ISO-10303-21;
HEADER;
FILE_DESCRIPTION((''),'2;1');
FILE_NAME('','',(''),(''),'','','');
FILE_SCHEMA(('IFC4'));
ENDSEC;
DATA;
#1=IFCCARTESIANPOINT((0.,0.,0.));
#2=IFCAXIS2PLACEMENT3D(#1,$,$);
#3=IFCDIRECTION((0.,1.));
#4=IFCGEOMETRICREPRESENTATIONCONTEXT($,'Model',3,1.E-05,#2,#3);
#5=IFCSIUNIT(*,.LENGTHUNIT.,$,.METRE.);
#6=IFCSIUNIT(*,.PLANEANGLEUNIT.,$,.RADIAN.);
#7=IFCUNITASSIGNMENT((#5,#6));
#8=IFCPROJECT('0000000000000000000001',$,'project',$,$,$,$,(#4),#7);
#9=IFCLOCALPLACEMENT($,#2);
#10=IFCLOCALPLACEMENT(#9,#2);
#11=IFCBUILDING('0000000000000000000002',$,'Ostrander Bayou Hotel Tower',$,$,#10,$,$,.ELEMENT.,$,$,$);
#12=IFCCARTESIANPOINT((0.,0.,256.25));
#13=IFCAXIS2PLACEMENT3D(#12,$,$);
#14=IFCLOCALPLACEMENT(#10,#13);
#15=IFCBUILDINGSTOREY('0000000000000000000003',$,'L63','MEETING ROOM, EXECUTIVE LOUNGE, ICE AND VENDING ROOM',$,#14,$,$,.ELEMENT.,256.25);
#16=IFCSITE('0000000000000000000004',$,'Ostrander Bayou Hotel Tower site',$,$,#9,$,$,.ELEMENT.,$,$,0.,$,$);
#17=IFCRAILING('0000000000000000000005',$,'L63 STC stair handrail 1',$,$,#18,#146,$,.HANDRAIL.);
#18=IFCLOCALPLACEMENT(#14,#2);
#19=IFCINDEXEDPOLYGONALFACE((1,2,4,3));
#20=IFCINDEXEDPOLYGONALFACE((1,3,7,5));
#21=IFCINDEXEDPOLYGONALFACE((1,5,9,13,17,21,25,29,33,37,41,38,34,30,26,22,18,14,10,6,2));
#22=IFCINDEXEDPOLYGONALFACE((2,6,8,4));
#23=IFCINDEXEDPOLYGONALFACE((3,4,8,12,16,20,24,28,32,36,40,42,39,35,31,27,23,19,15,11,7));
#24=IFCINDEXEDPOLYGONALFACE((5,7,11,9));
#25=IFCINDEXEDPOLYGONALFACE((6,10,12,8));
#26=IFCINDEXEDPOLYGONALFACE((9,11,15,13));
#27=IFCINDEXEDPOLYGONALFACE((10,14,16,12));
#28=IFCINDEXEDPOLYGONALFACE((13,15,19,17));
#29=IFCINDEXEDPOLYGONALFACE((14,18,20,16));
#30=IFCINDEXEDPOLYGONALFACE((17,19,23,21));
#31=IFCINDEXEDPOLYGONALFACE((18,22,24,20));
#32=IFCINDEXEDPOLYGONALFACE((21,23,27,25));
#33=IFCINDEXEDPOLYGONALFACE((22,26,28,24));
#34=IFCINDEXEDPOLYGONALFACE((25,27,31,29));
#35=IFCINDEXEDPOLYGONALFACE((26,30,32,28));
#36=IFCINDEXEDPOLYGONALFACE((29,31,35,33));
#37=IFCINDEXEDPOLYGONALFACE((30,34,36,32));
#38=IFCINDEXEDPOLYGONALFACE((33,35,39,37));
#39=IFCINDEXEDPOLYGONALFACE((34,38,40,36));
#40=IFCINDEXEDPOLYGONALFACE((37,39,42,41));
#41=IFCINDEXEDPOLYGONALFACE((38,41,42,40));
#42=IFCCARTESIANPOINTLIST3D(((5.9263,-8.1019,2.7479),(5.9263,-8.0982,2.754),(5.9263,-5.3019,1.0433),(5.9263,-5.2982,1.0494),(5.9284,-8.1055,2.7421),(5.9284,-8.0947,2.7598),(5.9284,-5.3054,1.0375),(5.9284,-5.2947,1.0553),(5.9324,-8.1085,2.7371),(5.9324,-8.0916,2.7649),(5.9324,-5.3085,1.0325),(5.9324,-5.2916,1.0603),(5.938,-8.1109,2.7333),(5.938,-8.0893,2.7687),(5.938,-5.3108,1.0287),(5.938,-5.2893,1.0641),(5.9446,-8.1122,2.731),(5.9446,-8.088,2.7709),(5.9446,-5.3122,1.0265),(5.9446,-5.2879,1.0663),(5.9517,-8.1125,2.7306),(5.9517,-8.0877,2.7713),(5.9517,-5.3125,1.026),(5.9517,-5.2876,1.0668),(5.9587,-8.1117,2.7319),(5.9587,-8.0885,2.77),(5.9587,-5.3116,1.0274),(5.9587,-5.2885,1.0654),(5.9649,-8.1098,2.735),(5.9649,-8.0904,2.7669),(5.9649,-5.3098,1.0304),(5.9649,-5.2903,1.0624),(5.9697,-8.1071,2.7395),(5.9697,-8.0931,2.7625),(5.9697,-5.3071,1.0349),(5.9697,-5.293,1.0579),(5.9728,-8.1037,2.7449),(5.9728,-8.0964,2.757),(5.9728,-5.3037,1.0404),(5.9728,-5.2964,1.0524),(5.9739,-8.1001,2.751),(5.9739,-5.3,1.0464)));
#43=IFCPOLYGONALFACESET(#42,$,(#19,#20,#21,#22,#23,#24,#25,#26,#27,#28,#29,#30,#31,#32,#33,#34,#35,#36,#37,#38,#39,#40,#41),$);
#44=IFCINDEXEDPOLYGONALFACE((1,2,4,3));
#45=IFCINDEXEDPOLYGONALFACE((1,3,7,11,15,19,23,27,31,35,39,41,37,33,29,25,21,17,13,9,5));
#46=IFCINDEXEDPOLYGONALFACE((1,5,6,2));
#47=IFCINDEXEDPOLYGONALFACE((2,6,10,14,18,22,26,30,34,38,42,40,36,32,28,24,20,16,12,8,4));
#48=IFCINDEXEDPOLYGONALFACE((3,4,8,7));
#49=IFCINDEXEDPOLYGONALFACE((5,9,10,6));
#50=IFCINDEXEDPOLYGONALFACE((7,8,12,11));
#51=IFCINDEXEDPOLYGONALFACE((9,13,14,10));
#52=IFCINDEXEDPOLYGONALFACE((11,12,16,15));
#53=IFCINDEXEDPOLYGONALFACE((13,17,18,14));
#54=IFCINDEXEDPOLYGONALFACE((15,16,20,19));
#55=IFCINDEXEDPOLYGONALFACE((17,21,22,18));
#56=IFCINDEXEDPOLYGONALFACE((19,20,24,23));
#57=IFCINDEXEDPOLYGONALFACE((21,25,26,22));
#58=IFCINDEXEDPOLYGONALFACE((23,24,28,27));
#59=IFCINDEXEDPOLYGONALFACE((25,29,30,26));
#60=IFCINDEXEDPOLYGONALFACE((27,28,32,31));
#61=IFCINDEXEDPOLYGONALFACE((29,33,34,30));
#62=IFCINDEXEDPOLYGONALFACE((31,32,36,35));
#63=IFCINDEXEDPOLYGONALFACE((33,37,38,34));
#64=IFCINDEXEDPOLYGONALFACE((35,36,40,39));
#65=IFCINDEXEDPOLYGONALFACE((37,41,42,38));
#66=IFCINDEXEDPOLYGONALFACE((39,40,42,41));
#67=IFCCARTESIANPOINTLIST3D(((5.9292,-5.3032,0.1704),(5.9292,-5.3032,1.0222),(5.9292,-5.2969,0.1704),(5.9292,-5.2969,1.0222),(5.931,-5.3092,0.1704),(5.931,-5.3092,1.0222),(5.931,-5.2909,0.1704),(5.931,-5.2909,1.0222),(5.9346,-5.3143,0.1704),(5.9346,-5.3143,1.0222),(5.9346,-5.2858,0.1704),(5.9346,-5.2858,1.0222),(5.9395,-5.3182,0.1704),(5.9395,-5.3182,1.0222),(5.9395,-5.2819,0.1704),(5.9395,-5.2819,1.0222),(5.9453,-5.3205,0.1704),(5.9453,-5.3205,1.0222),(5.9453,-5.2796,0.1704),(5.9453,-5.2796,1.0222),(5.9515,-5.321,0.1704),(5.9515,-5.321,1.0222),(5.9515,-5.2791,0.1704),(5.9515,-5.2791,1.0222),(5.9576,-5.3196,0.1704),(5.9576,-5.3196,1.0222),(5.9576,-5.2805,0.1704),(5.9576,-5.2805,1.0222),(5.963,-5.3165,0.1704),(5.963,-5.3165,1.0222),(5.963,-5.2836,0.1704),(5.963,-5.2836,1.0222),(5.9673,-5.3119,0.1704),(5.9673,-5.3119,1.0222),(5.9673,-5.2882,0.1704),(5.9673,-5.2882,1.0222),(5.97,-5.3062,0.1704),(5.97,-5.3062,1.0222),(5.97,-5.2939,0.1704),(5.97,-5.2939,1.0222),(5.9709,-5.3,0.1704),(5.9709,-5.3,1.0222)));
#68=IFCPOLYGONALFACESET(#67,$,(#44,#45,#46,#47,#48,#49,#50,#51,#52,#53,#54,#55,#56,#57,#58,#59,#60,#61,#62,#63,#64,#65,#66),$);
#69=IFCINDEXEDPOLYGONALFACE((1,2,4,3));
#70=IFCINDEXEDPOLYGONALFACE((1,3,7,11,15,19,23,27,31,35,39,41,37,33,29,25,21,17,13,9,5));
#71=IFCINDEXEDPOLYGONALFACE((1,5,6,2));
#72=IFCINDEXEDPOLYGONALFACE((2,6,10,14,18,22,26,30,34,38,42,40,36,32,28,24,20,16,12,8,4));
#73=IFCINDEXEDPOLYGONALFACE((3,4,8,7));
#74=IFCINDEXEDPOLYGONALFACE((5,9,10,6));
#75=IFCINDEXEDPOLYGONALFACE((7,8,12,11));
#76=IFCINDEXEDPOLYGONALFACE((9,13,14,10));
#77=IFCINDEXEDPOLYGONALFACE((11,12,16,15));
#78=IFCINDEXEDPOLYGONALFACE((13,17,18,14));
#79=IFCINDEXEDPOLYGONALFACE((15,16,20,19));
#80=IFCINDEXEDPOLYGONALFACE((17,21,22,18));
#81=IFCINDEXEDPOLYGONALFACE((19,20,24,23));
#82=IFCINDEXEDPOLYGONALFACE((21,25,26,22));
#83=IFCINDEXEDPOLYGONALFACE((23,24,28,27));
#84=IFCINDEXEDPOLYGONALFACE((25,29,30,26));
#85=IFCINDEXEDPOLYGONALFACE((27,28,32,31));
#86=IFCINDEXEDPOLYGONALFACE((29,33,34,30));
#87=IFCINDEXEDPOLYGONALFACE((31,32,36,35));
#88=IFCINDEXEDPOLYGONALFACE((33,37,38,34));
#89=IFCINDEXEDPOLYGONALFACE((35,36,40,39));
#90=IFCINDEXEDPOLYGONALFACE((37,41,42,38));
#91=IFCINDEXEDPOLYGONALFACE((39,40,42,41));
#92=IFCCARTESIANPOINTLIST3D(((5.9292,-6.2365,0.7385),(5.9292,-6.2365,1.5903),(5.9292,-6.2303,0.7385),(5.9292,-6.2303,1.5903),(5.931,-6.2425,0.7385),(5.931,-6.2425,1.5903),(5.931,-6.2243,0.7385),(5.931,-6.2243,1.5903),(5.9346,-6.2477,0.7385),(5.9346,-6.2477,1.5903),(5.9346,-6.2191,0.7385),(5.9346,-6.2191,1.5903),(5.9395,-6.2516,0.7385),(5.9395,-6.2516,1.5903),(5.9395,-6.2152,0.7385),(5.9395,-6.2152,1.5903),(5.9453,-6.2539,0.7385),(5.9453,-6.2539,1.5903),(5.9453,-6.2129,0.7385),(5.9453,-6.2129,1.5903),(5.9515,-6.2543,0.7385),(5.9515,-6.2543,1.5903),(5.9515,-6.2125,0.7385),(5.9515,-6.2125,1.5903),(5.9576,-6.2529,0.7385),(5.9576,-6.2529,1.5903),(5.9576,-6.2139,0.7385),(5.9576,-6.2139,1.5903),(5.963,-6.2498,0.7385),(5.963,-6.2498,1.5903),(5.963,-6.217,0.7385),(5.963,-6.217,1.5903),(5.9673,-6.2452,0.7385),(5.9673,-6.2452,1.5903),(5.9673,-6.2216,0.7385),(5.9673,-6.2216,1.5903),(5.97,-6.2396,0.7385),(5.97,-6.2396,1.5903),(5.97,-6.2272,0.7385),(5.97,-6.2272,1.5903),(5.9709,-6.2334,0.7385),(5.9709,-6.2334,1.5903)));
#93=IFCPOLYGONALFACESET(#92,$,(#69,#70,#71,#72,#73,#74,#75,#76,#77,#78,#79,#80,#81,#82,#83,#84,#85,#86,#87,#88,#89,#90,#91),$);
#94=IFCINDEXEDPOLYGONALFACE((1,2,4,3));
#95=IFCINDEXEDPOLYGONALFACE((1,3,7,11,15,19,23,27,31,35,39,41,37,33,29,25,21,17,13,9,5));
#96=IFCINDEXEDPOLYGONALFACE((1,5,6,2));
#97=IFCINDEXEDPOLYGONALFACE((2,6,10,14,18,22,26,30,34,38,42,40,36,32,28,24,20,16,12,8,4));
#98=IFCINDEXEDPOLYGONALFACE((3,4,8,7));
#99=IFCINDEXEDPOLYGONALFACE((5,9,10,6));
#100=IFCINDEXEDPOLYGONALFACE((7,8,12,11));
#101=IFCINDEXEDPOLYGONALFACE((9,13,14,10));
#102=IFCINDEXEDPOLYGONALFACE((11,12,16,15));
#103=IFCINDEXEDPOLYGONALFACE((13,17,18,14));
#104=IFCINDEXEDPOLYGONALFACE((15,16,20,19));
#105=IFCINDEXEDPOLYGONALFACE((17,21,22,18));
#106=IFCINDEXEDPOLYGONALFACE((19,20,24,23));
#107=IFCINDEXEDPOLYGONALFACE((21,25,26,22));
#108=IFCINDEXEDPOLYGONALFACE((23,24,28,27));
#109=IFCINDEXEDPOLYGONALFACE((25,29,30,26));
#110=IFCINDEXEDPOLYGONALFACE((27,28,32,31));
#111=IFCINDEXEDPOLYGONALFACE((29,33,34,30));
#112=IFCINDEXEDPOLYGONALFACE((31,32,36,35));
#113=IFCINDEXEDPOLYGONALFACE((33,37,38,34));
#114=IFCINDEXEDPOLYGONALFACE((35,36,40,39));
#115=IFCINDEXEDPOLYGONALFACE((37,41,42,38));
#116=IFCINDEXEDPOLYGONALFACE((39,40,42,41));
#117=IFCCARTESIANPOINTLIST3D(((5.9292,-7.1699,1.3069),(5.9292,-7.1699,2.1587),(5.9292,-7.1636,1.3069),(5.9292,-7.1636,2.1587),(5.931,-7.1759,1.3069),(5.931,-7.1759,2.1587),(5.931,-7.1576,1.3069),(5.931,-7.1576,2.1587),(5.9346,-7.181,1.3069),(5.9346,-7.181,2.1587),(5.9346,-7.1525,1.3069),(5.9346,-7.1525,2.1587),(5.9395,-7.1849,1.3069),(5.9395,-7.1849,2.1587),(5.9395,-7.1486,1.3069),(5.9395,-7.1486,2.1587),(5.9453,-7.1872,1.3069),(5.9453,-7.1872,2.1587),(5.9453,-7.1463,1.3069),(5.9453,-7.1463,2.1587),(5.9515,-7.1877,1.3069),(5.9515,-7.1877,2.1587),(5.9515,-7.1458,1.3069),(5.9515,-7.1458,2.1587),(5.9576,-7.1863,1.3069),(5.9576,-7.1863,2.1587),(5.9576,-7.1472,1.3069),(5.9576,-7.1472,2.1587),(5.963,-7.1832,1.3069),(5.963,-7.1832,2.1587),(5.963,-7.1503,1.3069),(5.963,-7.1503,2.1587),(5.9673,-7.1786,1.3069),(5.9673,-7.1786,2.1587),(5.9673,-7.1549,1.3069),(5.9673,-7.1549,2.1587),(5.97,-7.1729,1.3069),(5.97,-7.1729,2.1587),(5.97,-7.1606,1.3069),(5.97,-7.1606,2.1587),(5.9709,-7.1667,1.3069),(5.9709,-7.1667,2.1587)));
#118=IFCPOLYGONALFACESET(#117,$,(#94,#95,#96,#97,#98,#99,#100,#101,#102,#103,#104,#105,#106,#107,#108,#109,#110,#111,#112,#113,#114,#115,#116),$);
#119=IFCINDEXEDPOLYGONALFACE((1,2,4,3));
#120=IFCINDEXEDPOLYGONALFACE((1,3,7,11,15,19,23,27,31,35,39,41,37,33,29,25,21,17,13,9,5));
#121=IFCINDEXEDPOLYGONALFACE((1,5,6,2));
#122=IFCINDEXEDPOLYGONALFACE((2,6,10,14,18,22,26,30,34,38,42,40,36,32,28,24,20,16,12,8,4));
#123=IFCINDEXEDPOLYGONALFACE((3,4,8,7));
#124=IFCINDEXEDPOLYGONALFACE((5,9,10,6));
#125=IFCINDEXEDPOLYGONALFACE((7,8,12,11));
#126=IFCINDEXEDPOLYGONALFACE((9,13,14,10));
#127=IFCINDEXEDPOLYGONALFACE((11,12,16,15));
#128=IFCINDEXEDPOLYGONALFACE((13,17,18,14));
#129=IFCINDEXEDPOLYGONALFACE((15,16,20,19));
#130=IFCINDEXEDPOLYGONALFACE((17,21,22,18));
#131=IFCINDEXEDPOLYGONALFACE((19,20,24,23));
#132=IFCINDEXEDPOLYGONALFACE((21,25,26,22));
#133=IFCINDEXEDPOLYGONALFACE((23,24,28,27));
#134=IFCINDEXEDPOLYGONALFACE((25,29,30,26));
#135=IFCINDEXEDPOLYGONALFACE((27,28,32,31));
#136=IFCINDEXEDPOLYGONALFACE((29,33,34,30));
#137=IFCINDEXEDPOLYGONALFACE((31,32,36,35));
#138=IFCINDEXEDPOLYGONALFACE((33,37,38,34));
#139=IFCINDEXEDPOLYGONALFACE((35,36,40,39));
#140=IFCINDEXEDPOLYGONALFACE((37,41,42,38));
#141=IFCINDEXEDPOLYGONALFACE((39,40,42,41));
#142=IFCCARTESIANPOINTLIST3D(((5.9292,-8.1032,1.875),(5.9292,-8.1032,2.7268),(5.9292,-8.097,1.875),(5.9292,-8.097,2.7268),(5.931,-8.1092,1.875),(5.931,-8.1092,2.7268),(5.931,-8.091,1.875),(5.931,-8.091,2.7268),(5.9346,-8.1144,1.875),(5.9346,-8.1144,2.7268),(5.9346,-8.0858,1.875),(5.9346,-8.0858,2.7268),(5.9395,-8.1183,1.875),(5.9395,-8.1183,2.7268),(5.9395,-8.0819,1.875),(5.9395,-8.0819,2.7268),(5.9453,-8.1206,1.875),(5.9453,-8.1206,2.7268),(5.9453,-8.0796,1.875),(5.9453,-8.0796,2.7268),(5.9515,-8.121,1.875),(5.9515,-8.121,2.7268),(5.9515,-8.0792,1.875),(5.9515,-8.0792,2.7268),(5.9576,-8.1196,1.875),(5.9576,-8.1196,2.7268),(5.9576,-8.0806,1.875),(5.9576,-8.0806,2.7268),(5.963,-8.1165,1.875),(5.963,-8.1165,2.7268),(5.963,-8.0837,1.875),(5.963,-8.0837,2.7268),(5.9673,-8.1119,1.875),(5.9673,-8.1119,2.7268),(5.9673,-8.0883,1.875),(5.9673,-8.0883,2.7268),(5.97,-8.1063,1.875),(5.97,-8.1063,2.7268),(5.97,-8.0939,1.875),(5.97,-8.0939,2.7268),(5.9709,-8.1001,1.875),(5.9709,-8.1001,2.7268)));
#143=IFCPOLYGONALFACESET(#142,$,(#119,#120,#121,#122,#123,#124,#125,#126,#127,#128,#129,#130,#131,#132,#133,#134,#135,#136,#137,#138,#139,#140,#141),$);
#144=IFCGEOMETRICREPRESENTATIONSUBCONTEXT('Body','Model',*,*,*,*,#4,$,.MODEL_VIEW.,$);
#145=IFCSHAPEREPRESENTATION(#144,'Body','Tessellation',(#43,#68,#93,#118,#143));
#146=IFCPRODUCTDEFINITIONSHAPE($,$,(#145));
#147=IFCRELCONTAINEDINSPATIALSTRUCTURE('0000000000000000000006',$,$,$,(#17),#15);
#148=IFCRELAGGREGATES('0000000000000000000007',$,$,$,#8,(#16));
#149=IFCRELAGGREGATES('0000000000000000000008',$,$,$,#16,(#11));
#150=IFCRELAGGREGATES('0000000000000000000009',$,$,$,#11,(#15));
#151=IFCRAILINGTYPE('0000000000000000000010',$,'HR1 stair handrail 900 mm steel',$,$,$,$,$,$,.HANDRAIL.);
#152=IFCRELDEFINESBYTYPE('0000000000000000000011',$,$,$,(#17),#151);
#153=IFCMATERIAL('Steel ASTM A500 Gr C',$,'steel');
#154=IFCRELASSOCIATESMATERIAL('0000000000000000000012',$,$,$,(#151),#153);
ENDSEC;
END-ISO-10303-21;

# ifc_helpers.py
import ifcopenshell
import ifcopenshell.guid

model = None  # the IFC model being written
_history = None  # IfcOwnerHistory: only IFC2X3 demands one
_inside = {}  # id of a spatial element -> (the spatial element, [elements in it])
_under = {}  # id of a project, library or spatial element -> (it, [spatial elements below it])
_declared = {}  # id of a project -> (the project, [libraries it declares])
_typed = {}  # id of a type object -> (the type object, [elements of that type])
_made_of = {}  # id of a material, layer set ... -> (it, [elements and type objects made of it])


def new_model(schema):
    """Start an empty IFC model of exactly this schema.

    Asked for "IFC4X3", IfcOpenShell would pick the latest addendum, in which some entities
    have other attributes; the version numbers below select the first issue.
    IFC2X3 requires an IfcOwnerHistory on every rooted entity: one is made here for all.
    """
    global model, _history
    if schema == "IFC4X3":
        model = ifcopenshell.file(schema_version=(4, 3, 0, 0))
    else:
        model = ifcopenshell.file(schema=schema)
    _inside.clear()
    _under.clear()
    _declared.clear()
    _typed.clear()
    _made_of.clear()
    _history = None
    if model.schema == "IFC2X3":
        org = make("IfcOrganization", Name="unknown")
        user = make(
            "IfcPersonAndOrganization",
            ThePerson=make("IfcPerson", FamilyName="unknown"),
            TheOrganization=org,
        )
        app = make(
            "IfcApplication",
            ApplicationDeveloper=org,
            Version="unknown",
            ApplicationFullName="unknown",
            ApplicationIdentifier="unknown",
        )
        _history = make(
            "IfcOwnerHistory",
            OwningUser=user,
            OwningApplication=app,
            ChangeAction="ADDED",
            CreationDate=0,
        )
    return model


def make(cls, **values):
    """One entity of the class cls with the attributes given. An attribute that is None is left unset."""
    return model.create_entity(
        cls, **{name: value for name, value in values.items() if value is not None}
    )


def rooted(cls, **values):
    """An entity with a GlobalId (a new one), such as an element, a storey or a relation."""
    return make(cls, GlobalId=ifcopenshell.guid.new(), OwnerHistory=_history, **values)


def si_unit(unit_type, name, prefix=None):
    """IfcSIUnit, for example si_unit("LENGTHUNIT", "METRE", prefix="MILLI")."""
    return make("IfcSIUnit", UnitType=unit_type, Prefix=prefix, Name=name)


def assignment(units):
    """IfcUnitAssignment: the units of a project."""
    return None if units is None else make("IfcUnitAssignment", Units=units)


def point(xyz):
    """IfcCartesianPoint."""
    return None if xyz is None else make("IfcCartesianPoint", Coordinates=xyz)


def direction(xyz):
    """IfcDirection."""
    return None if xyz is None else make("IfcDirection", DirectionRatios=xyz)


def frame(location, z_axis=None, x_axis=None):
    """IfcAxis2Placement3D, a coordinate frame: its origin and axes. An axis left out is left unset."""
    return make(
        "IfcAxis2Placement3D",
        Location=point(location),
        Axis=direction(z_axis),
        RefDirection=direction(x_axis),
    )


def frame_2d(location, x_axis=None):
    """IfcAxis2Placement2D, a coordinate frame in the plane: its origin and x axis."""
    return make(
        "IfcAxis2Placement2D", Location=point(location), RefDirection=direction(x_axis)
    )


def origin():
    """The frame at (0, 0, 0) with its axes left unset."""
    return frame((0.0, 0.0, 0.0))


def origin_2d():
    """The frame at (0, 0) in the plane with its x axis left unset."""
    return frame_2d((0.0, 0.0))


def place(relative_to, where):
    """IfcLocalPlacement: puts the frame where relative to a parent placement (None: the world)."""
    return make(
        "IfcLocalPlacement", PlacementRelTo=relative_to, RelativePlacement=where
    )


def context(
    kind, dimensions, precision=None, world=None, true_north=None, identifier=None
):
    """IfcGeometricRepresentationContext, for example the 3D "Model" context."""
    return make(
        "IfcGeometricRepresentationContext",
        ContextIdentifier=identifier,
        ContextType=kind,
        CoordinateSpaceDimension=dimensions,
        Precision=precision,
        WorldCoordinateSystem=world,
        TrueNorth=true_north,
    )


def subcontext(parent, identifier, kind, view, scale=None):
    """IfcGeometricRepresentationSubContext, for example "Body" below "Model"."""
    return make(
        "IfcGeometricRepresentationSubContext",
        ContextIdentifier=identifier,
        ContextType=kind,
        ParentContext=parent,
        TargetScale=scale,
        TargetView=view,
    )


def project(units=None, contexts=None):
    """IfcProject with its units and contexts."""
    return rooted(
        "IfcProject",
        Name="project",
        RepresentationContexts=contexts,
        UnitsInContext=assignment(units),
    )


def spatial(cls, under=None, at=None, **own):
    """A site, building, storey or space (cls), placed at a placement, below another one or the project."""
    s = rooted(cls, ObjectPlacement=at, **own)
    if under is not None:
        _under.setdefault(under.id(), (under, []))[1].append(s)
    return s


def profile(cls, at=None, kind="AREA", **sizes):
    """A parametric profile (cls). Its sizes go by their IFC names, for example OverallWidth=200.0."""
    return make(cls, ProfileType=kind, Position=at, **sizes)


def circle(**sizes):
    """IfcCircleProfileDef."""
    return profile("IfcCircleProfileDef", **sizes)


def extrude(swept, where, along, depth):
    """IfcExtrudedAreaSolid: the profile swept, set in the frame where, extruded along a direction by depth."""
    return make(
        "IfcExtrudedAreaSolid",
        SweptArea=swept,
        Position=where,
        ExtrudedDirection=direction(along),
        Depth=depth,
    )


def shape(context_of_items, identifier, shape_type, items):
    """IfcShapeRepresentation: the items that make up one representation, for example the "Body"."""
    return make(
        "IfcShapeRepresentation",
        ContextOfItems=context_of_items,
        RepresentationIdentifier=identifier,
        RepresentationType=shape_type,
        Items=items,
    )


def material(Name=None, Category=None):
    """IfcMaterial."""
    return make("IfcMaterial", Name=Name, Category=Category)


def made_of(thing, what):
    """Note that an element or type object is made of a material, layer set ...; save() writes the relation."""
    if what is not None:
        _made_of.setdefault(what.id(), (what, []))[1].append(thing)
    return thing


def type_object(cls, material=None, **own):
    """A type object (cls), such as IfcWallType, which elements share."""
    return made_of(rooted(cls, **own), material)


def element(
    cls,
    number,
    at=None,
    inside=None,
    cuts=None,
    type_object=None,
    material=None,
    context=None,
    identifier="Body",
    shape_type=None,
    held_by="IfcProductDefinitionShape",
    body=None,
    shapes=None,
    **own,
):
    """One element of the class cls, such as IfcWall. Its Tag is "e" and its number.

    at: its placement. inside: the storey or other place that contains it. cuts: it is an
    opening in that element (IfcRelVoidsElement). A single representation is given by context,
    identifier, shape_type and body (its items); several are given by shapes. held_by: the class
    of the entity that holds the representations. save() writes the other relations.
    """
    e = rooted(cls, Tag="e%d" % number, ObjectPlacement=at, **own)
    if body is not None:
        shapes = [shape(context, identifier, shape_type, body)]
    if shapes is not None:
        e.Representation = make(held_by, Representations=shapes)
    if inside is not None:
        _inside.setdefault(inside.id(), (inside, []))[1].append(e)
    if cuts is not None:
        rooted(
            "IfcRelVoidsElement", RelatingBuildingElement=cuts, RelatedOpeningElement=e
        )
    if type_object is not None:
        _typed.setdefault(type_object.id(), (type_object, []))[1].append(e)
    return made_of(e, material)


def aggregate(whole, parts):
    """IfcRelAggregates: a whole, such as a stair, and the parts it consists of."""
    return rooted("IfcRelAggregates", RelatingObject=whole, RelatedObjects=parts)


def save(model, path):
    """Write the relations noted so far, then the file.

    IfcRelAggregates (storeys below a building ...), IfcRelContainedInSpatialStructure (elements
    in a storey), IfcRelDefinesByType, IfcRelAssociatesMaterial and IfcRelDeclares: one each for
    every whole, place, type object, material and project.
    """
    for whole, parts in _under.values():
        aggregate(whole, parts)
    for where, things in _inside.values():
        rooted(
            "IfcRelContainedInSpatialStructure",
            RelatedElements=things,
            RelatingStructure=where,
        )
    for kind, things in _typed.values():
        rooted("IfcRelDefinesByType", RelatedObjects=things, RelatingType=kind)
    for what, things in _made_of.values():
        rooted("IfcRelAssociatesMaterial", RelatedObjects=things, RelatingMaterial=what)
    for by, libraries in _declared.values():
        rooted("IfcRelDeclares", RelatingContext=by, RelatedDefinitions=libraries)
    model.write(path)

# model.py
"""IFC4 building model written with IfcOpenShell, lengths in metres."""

from ifc_helpers import new_model, si_unit, direction, frame, origin, origin_2d, place, context, subcontext, project, spatial, circle, extrude, material, type_object, element, save


model = new_model("IFC4")

# Units and contexts
model_context = context("Model", 3, precision=1e-05, world=origin(), true_north=direction((0.0, 1.0)))
body_context = subcontext(model_context, "Body", "Model", "MODEL_VIEW")
ifc_project = project(units=[si_unit("LENGTHUNIT", "METRE"), si_unit("PLANEANGLEUNIT", "RADIAN")], contexts=[model_context])

# Site, building, storey
site_placement = place(None, origin())
site = spatial("IfcSite", under=ifc_project, at=site_placement, Name="Ostrander Bayou Hotel Tower site", CompositionType="ELEMENT", RefElevation=0.0)
building_placement = place(site_placement, origin())
building = spatial("IfcBuilding", under=site, at=building_placement, Name="Ostrander Bayou Hotel Tower", CompositionType="ELEMENT")
storey_placement = place(building_placement, frame((0.0, 0.0, 256.25)))
storey = spatial("IfcBuildingStorey", under=building, at=storey_placement, Name="L63", Description="MEETING ROOM, EXECUTIVE LOUNGE, ICE AND VENDING ROOM", CompositionType="ELEMENT", Elevation=256.25)

# Railing
ifc_material_1 = material(Name="Steel ASTM A500 Gr C", Category="steel")
railing_type_1 = type_object("IfcRailingType", Name="HR1 stair handrail 900 mm steel", PredefinedType="HANDRAIL", material=ifc_material_1)
railing_1_placement = place(storey_placement, frame((5.95, -5.3, 0.1704)))
element("IfcRailing", 1, at=railing_1_placement, inside=storey, type_object=railing_type_1, Name="L63 STC stair handrail 1", PredefinedType="HANDRAIL", context=body_context, shape_type="SweptSolid", body=[
    extrude(circle(Radius=0.0239, at=origin_2d()), frame((0.0, 0.0, 0.876), z_axis=(0.0, -0.85417, 0.519994), x_axis=(1.0, 0.0, 0.0)), (0.0, 0.0, 1.0), 3.2781),
    extrude(circle(Radius=0.021, at=origin_2d()), origin(), (0.0, 0.0, 1.0), 0.8518),
    extrude(circle(Radius=0.021, at=origin_2d()), frame((0.0, -0.9333, 0.5681)), (0.0, 0.0, 1.0), 0.8518),
    extrude(circle(Radius=0.021, at=origin_2d()), frame((0.0, -1.8667, 1.1365)), (0.0, 0.0, 1.0), 0.8518),
    extrude(circle(Radius=0.021, at=origin_2d()), frame((0.0, -2.8, 1.7046)), (0.0, 0.0, 1.0), 0.8518),
])

save(model, "model.ifc")
